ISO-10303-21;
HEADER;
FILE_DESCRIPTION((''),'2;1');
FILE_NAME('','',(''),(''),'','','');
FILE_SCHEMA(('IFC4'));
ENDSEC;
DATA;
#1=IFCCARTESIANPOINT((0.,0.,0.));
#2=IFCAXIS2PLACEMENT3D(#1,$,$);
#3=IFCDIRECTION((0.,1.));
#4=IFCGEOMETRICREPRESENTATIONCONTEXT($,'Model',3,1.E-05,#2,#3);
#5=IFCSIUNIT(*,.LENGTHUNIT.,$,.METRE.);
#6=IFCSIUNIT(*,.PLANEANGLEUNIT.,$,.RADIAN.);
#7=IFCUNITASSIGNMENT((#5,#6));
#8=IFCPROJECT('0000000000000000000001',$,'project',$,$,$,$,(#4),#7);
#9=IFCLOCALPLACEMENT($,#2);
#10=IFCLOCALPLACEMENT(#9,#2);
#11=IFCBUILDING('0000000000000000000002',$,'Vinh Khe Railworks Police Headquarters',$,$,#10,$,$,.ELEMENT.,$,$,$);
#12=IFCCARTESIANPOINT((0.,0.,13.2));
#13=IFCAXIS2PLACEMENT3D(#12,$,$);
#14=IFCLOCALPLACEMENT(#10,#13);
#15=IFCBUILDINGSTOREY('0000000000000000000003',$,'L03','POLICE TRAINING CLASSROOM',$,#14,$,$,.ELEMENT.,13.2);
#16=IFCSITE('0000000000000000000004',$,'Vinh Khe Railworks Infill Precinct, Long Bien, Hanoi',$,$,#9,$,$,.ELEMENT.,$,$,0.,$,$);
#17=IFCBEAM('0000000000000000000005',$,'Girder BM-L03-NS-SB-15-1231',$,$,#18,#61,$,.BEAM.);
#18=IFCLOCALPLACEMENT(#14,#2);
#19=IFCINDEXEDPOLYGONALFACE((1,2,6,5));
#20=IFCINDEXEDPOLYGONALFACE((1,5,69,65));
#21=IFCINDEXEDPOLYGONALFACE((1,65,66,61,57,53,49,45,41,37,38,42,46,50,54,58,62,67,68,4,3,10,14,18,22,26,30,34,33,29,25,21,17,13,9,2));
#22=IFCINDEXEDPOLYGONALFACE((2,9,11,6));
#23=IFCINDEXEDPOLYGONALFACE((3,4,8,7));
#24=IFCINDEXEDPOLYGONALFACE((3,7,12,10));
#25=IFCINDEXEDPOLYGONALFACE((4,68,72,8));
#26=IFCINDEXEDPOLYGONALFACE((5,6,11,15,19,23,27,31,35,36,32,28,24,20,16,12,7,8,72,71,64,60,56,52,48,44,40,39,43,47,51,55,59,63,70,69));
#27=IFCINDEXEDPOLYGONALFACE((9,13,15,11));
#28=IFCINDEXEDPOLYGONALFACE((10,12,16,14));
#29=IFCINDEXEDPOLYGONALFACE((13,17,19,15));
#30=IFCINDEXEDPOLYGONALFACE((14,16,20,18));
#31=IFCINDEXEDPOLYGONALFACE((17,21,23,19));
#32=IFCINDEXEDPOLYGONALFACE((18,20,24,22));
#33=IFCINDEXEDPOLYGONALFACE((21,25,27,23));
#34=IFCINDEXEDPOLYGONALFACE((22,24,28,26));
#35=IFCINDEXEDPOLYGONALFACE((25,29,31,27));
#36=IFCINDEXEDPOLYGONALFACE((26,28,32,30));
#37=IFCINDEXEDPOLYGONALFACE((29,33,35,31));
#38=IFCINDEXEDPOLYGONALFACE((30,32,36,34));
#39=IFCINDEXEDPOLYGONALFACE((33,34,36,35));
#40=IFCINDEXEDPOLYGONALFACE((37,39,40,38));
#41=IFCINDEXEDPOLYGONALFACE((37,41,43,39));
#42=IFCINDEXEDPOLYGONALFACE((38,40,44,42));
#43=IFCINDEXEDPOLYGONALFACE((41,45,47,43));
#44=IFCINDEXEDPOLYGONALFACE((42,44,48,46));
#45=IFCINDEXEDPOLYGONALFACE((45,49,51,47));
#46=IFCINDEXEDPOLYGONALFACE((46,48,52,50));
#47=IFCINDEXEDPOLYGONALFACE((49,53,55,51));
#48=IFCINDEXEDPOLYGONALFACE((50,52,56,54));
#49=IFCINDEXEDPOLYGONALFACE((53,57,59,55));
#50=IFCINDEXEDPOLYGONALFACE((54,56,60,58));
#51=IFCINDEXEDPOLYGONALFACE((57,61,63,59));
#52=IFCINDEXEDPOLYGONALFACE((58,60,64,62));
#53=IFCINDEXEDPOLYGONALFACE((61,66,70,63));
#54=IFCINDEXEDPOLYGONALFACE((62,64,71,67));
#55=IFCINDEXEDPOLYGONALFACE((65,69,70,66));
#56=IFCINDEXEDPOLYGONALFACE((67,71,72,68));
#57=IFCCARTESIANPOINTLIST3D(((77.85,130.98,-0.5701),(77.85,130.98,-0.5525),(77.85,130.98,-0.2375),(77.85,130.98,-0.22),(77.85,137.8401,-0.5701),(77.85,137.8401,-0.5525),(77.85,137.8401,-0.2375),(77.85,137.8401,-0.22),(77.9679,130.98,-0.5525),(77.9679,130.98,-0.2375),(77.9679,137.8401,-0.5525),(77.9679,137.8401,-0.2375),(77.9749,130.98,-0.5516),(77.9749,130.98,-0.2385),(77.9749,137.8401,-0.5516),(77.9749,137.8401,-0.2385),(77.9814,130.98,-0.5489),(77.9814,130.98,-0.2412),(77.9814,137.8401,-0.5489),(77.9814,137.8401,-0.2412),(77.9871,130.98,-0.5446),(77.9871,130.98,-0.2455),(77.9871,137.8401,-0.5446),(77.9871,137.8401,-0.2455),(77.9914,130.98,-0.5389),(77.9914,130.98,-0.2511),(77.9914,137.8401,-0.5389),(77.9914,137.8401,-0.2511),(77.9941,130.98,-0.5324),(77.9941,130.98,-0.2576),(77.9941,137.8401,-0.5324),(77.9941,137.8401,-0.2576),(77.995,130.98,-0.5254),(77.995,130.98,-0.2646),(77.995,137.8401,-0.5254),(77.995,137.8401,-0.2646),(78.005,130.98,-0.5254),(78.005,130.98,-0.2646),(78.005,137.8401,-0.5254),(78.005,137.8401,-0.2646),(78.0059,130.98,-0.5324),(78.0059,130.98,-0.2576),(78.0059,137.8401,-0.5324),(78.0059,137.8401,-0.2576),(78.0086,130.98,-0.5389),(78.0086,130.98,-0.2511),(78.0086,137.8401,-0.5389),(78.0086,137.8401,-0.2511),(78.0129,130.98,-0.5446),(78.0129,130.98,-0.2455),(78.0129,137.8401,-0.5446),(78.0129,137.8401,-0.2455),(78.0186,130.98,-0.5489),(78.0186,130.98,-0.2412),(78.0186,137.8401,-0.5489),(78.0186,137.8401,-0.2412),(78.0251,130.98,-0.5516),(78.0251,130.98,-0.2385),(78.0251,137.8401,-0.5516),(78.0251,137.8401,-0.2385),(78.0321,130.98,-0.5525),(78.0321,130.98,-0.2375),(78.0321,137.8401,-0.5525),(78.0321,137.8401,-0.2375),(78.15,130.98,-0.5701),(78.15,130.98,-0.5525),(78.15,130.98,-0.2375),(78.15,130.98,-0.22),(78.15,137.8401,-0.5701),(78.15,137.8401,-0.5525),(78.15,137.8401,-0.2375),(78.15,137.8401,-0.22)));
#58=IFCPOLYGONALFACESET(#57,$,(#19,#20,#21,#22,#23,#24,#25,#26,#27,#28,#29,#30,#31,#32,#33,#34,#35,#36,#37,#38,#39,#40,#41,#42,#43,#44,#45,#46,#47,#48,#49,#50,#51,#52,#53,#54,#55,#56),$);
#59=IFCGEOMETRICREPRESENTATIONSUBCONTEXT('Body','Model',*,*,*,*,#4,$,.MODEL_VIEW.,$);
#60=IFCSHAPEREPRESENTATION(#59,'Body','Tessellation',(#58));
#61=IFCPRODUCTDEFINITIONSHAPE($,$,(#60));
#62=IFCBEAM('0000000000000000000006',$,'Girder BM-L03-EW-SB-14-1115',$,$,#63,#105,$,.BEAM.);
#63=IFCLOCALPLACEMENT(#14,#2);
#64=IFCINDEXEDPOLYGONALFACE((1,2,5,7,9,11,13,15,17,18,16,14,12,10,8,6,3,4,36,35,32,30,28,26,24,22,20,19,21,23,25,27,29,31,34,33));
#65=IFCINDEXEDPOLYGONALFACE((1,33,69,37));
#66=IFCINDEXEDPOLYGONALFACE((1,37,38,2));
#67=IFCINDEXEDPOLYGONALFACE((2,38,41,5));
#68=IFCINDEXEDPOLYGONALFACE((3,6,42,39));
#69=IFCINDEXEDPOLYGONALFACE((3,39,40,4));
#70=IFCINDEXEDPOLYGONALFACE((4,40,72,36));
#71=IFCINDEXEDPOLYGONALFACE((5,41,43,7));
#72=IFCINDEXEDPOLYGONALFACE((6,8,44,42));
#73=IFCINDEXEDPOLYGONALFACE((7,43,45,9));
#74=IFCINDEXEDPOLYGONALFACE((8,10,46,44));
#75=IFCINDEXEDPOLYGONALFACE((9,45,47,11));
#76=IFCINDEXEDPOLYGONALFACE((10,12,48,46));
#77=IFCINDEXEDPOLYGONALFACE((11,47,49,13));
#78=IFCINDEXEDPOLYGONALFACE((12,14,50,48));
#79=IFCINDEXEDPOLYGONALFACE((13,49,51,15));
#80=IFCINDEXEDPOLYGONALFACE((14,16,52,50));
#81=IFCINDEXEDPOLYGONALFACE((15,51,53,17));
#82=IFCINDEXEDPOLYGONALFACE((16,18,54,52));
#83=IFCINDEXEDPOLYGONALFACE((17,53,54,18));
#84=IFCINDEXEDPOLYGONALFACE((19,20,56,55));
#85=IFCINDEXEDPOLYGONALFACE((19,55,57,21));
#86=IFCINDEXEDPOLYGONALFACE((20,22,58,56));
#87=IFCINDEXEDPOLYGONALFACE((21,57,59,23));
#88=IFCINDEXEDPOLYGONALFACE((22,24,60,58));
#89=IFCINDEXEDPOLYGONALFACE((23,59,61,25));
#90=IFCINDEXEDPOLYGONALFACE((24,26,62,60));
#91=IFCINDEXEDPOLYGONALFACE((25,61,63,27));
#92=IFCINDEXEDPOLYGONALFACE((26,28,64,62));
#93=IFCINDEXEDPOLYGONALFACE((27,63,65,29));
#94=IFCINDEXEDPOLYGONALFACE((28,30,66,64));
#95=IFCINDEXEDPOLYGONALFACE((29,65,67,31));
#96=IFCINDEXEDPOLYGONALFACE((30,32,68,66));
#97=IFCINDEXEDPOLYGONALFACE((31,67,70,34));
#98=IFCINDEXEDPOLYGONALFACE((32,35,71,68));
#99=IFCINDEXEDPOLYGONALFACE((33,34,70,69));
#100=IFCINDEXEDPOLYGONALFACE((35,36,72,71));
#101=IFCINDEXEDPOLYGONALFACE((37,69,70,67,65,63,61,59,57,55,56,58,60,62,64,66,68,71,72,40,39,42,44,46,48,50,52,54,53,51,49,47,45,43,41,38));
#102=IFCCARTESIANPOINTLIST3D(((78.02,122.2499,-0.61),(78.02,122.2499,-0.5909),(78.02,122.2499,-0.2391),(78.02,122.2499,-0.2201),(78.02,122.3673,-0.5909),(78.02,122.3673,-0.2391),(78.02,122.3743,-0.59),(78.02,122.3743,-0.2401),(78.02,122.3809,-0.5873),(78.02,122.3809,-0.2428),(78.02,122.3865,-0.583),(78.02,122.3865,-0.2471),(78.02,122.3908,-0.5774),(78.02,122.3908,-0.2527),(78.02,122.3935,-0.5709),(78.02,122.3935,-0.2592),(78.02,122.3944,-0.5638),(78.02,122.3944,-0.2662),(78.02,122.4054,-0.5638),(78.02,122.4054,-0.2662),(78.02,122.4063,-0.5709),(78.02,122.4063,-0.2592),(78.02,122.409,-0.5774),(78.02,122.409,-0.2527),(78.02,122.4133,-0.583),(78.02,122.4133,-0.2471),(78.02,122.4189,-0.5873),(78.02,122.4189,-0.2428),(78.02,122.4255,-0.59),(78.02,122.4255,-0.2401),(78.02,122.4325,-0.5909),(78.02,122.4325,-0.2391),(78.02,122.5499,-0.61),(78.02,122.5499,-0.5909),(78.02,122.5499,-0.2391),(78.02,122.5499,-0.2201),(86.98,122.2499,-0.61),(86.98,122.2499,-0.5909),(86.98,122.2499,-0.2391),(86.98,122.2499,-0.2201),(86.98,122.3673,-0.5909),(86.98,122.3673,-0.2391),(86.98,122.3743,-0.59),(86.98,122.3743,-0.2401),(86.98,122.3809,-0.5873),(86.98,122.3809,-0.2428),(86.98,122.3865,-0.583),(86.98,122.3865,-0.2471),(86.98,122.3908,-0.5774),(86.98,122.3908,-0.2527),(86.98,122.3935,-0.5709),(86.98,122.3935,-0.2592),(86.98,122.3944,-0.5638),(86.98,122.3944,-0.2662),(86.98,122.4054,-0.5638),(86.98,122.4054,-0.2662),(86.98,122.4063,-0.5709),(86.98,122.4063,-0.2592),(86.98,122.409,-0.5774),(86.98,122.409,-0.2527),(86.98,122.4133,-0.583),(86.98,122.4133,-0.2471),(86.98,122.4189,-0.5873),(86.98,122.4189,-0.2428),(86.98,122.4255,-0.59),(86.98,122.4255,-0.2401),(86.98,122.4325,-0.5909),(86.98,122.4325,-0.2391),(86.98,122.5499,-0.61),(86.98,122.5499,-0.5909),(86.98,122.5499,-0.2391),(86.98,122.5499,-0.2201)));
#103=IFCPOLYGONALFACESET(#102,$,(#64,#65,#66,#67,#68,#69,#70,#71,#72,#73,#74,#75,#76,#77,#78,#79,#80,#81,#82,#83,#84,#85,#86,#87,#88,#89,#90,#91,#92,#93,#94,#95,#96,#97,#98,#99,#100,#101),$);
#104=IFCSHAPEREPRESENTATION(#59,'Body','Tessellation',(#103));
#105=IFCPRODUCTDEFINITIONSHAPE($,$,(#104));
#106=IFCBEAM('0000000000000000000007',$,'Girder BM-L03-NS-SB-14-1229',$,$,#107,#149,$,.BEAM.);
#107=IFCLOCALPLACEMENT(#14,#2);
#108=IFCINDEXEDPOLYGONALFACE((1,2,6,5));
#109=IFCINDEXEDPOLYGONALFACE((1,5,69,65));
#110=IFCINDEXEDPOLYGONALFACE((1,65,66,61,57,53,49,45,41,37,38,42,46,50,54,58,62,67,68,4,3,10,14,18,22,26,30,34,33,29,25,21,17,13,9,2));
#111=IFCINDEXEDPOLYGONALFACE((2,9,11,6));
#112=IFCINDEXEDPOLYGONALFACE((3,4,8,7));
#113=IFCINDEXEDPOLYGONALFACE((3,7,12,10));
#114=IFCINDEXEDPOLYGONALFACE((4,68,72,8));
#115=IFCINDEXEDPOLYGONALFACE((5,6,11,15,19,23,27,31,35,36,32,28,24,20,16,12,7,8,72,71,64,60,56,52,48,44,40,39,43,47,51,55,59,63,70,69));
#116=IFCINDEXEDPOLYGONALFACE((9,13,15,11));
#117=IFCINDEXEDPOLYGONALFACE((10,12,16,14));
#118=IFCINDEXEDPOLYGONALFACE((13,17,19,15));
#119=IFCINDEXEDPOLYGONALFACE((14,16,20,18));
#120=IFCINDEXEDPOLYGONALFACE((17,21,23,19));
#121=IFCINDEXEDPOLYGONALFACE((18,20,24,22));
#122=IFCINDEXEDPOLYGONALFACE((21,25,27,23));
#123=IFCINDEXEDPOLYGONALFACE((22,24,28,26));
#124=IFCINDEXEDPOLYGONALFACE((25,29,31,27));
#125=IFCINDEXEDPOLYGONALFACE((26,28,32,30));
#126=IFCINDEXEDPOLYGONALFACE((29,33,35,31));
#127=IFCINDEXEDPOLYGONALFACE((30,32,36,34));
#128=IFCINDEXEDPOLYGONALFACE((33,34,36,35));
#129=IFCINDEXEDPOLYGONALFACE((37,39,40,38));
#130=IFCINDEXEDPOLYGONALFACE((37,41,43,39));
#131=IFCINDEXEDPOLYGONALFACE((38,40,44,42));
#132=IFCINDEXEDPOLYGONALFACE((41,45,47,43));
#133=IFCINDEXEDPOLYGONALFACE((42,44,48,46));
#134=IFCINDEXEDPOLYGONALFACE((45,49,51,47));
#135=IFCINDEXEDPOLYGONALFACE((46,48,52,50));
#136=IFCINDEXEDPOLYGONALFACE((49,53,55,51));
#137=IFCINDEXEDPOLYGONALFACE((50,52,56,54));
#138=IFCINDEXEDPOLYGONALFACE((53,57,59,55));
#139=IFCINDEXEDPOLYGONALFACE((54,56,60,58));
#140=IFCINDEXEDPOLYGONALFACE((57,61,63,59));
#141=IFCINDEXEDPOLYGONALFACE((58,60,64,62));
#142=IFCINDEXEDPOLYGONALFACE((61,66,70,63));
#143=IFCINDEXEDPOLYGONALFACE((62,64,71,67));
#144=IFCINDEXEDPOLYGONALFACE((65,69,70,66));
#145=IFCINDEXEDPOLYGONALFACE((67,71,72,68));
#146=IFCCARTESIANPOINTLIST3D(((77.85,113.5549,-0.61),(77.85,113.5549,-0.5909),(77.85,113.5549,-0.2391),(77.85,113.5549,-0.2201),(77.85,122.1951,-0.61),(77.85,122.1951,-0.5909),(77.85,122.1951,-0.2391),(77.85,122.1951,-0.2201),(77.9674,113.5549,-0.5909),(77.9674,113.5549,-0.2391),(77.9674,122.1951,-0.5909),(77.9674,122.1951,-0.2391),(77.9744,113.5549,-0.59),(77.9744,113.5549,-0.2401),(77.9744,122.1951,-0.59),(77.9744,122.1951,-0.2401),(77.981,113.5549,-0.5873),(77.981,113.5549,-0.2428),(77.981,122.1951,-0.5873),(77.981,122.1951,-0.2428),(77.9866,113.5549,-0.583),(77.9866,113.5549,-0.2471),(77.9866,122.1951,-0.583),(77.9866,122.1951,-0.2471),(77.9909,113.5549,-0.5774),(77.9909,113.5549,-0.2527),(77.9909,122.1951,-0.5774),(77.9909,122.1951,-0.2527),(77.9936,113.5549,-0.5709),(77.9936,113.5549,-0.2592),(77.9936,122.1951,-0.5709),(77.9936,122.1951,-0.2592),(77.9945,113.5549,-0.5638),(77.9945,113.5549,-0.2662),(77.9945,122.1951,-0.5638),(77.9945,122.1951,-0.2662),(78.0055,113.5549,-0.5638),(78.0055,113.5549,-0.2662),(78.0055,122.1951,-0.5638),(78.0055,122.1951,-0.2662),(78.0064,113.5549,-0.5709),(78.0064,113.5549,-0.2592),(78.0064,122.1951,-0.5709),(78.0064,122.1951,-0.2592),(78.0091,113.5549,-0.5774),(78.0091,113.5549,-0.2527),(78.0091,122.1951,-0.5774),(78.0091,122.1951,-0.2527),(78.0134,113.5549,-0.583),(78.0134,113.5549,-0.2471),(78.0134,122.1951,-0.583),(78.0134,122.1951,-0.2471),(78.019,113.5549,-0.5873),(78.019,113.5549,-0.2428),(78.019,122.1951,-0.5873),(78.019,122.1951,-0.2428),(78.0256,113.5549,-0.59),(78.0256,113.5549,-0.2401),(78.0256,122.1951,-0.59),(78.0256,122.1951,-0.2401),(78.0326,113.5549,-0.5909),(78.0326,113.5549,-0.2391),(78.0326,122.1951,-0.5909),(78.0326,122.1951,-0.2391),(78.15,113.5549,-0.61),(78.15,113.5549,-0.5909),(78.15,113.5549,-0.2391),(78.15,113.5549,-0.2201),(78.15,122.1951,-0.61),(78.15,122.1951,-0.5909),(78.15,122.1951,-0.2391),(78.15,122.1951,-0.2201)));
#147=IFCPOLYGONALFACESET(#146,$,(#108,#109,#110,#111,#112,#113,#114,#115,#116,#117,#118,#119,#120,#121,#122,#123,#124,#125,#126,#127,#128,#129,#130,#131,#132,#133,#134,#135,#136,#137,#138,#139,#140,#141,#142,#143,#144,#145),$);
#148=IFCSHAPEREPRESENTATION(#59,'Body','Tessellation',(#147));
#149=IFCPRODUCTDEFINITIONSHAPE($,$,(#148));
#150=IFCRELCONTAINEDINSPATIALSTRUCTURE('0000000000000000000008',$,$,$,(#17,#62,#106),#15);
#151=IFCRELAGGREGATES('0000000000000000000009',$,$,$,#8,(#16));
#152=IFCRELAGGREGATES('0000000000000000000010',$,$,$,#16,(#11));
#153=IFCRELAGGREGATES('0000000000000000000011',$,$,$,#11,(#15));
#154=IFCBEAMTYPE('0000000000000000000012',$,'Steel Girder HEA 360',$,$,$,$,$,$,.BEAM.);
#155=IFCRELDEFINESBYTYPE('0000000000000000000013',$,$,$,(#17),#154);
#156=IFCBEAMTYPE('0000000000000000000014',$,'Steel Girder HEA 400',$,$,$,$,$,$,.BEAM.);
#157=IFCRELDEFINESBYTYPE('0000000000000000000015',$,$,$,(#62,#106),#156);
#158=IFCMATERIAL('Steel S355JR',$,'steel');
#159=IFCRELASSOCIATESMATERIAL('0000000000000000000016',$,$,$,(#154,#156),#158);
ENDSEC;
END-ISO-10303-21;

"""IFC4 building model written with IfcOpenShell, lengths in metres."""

from ifc_helpers import new_model, si_unit, direction, frame, origin, origin_2d, place, context, subcontext, project, spatial, i_section, extrude, material, material_profile, profile_set, type_object, element, save


model = new_model("IFC4")

# Units and contexts
model_context = context("Model", 3, precision=1e-05, world=origin(), true_north=direction((0.0, 1.0)))
body_context = subcontext(model_context, "Body", "Model", "MODEL_VIEW")
ifc_project = project(units=[si_unit("LENGTHUNIT", "METRE"), si_unit("PLANEANGLEUNIT", "RADIAN")], contexts=[model_context])

# Site, building, storey
site_placement = place(None, origin())
site = spatial("IfcSite", under=ifc_project, at=site_placement, Name="Vinh Khe Railworks Infill Precinct, Long Bien, Hanoi", CompositionType="ELEMENT", RefElevation=0.0)
building_placement = place(site_placement, origin())
building = spatial("IfcBuilding", under=site, at=building_placement, Name="Vinh Khe Railworks Police Headquarters", CompositionType="ELEMENT")
storey_placement = place(building_placement, frame((0.0, 0.0, 13.2)))
storey = spatial("IfcBuildingStorey", under=building, at=storey_placement, Name="L03", Description="POLICE TRAINING CLASSROOM", CompositionType="ELEMENT", Elevation=13.2)

# Shared definitions
ifc_material_1 = material(Name="Steel S355JR", Category="steel")

# Beams
ifc_material_profile_1 = material_profile(ifc_material_1, i_section(OverallWidth=0.3, OverallDepth=0.3501, WebThickness=0.01, FlangeThickness=0.0176, FilletRadius=0.0271, at=origin_2d()), Name="HEA 360")
ifc_profile_set_1 = profile_set([ifc_material_profile_1], Name="Steel S355JR")
beam_type_1 = type_object("IfcBeamType", Name="Steel Girder HEA 360", PredefinedType="BEAM", material=ifc_profile_set_1)
beam_1_placement = place(storey_placement, frame((78.0, 130.98, -0.395), z_axis=(0.0, 1.0, 0.0), x_axis=(-1.0, 0.0, 0.0)))
element("IfcBeam", 1, at=beam_1_placement, inside=storey, type_object=beam_type_1, Name="Girder BM-L03-NS-SB-15-1231", PredefinedType="BEAM", context=body_context, shape_type="SweptSolid", body=[
    extrude(i_section(OverallWidth=0.3, OverallDepth=0.3501, WebThickness=0.01, FlangeThickness=0.0176, FilletRadius=0.0271, at=origin_2d()), origin(), (0.0, 0.0, 1.0), 6.8601),
])
ifc_material_profile_2 = material_profile(ifc_material_1, i_section(OverallWidth=0.3, OverallDepth=0.3899, WebThickness=0.011, FlangeThickness=0.019, FilletRadius=0.0271, at=origin_2d()), Name="HEA 400")
ifc_profile_set_2 = profile_set([ifc_material_profile_2], Name="Steel S355JR")
beam_type_2 = type_object("IfcBeamType", Name="Steel Girder HEA 400", PredefinedType="BEAM", material=ifc_profile_set_2)
beam_2_placement = place(storey_placement, frame((78.02, 122.3999, -0.415), z_axis=(1.0, 0.0, 0.0), x_axis=(0.0, 1.0, 0.0)))
element("IfcBeam", 2, at=beam_2_placement, inside=storey, type_object=beam_type_2, Name="Girder BM-L03-EW-SB-14-1115", PredefinedType="BEAM", context=body_context, shape_type="SweptSolid", body=[
    extrude(i_section(OverallWidth=0.3, OverallDepth=0.3899, WebThickness=0.011, FlangeThickness=0.019, FilletRadius=0.0271, at=origin_2d()), origin(), (0.0, 0.0, 1.0), 8.96),
])
beam_3_placement = place(storey_placement, frame((78.0, 113.5549, -0.415), z_axis=(0.0, 1.0, 0.0), x_axis=(-1.0, 0.0, 0.0)))
element("IfcBeam", 3, at=beam_3_placement, inside=storey, type_object=beam_type_2, Name="Girder BM-L03-NS-SB-14-1229", PredefinedType="BEAM", context=body_context, shape_type="SweptSolid", body=[
    extrude(i_section(OverallWidth=0.3, OverallDepth=0.3899, WebThickness=0.011, FlangeThickness=0.019, FilletRadius=0.0271, at=origin_2d()), origin(), (0.0, 0.0, 1.0), 8.6401),
])

save(model, "model.ifc")
